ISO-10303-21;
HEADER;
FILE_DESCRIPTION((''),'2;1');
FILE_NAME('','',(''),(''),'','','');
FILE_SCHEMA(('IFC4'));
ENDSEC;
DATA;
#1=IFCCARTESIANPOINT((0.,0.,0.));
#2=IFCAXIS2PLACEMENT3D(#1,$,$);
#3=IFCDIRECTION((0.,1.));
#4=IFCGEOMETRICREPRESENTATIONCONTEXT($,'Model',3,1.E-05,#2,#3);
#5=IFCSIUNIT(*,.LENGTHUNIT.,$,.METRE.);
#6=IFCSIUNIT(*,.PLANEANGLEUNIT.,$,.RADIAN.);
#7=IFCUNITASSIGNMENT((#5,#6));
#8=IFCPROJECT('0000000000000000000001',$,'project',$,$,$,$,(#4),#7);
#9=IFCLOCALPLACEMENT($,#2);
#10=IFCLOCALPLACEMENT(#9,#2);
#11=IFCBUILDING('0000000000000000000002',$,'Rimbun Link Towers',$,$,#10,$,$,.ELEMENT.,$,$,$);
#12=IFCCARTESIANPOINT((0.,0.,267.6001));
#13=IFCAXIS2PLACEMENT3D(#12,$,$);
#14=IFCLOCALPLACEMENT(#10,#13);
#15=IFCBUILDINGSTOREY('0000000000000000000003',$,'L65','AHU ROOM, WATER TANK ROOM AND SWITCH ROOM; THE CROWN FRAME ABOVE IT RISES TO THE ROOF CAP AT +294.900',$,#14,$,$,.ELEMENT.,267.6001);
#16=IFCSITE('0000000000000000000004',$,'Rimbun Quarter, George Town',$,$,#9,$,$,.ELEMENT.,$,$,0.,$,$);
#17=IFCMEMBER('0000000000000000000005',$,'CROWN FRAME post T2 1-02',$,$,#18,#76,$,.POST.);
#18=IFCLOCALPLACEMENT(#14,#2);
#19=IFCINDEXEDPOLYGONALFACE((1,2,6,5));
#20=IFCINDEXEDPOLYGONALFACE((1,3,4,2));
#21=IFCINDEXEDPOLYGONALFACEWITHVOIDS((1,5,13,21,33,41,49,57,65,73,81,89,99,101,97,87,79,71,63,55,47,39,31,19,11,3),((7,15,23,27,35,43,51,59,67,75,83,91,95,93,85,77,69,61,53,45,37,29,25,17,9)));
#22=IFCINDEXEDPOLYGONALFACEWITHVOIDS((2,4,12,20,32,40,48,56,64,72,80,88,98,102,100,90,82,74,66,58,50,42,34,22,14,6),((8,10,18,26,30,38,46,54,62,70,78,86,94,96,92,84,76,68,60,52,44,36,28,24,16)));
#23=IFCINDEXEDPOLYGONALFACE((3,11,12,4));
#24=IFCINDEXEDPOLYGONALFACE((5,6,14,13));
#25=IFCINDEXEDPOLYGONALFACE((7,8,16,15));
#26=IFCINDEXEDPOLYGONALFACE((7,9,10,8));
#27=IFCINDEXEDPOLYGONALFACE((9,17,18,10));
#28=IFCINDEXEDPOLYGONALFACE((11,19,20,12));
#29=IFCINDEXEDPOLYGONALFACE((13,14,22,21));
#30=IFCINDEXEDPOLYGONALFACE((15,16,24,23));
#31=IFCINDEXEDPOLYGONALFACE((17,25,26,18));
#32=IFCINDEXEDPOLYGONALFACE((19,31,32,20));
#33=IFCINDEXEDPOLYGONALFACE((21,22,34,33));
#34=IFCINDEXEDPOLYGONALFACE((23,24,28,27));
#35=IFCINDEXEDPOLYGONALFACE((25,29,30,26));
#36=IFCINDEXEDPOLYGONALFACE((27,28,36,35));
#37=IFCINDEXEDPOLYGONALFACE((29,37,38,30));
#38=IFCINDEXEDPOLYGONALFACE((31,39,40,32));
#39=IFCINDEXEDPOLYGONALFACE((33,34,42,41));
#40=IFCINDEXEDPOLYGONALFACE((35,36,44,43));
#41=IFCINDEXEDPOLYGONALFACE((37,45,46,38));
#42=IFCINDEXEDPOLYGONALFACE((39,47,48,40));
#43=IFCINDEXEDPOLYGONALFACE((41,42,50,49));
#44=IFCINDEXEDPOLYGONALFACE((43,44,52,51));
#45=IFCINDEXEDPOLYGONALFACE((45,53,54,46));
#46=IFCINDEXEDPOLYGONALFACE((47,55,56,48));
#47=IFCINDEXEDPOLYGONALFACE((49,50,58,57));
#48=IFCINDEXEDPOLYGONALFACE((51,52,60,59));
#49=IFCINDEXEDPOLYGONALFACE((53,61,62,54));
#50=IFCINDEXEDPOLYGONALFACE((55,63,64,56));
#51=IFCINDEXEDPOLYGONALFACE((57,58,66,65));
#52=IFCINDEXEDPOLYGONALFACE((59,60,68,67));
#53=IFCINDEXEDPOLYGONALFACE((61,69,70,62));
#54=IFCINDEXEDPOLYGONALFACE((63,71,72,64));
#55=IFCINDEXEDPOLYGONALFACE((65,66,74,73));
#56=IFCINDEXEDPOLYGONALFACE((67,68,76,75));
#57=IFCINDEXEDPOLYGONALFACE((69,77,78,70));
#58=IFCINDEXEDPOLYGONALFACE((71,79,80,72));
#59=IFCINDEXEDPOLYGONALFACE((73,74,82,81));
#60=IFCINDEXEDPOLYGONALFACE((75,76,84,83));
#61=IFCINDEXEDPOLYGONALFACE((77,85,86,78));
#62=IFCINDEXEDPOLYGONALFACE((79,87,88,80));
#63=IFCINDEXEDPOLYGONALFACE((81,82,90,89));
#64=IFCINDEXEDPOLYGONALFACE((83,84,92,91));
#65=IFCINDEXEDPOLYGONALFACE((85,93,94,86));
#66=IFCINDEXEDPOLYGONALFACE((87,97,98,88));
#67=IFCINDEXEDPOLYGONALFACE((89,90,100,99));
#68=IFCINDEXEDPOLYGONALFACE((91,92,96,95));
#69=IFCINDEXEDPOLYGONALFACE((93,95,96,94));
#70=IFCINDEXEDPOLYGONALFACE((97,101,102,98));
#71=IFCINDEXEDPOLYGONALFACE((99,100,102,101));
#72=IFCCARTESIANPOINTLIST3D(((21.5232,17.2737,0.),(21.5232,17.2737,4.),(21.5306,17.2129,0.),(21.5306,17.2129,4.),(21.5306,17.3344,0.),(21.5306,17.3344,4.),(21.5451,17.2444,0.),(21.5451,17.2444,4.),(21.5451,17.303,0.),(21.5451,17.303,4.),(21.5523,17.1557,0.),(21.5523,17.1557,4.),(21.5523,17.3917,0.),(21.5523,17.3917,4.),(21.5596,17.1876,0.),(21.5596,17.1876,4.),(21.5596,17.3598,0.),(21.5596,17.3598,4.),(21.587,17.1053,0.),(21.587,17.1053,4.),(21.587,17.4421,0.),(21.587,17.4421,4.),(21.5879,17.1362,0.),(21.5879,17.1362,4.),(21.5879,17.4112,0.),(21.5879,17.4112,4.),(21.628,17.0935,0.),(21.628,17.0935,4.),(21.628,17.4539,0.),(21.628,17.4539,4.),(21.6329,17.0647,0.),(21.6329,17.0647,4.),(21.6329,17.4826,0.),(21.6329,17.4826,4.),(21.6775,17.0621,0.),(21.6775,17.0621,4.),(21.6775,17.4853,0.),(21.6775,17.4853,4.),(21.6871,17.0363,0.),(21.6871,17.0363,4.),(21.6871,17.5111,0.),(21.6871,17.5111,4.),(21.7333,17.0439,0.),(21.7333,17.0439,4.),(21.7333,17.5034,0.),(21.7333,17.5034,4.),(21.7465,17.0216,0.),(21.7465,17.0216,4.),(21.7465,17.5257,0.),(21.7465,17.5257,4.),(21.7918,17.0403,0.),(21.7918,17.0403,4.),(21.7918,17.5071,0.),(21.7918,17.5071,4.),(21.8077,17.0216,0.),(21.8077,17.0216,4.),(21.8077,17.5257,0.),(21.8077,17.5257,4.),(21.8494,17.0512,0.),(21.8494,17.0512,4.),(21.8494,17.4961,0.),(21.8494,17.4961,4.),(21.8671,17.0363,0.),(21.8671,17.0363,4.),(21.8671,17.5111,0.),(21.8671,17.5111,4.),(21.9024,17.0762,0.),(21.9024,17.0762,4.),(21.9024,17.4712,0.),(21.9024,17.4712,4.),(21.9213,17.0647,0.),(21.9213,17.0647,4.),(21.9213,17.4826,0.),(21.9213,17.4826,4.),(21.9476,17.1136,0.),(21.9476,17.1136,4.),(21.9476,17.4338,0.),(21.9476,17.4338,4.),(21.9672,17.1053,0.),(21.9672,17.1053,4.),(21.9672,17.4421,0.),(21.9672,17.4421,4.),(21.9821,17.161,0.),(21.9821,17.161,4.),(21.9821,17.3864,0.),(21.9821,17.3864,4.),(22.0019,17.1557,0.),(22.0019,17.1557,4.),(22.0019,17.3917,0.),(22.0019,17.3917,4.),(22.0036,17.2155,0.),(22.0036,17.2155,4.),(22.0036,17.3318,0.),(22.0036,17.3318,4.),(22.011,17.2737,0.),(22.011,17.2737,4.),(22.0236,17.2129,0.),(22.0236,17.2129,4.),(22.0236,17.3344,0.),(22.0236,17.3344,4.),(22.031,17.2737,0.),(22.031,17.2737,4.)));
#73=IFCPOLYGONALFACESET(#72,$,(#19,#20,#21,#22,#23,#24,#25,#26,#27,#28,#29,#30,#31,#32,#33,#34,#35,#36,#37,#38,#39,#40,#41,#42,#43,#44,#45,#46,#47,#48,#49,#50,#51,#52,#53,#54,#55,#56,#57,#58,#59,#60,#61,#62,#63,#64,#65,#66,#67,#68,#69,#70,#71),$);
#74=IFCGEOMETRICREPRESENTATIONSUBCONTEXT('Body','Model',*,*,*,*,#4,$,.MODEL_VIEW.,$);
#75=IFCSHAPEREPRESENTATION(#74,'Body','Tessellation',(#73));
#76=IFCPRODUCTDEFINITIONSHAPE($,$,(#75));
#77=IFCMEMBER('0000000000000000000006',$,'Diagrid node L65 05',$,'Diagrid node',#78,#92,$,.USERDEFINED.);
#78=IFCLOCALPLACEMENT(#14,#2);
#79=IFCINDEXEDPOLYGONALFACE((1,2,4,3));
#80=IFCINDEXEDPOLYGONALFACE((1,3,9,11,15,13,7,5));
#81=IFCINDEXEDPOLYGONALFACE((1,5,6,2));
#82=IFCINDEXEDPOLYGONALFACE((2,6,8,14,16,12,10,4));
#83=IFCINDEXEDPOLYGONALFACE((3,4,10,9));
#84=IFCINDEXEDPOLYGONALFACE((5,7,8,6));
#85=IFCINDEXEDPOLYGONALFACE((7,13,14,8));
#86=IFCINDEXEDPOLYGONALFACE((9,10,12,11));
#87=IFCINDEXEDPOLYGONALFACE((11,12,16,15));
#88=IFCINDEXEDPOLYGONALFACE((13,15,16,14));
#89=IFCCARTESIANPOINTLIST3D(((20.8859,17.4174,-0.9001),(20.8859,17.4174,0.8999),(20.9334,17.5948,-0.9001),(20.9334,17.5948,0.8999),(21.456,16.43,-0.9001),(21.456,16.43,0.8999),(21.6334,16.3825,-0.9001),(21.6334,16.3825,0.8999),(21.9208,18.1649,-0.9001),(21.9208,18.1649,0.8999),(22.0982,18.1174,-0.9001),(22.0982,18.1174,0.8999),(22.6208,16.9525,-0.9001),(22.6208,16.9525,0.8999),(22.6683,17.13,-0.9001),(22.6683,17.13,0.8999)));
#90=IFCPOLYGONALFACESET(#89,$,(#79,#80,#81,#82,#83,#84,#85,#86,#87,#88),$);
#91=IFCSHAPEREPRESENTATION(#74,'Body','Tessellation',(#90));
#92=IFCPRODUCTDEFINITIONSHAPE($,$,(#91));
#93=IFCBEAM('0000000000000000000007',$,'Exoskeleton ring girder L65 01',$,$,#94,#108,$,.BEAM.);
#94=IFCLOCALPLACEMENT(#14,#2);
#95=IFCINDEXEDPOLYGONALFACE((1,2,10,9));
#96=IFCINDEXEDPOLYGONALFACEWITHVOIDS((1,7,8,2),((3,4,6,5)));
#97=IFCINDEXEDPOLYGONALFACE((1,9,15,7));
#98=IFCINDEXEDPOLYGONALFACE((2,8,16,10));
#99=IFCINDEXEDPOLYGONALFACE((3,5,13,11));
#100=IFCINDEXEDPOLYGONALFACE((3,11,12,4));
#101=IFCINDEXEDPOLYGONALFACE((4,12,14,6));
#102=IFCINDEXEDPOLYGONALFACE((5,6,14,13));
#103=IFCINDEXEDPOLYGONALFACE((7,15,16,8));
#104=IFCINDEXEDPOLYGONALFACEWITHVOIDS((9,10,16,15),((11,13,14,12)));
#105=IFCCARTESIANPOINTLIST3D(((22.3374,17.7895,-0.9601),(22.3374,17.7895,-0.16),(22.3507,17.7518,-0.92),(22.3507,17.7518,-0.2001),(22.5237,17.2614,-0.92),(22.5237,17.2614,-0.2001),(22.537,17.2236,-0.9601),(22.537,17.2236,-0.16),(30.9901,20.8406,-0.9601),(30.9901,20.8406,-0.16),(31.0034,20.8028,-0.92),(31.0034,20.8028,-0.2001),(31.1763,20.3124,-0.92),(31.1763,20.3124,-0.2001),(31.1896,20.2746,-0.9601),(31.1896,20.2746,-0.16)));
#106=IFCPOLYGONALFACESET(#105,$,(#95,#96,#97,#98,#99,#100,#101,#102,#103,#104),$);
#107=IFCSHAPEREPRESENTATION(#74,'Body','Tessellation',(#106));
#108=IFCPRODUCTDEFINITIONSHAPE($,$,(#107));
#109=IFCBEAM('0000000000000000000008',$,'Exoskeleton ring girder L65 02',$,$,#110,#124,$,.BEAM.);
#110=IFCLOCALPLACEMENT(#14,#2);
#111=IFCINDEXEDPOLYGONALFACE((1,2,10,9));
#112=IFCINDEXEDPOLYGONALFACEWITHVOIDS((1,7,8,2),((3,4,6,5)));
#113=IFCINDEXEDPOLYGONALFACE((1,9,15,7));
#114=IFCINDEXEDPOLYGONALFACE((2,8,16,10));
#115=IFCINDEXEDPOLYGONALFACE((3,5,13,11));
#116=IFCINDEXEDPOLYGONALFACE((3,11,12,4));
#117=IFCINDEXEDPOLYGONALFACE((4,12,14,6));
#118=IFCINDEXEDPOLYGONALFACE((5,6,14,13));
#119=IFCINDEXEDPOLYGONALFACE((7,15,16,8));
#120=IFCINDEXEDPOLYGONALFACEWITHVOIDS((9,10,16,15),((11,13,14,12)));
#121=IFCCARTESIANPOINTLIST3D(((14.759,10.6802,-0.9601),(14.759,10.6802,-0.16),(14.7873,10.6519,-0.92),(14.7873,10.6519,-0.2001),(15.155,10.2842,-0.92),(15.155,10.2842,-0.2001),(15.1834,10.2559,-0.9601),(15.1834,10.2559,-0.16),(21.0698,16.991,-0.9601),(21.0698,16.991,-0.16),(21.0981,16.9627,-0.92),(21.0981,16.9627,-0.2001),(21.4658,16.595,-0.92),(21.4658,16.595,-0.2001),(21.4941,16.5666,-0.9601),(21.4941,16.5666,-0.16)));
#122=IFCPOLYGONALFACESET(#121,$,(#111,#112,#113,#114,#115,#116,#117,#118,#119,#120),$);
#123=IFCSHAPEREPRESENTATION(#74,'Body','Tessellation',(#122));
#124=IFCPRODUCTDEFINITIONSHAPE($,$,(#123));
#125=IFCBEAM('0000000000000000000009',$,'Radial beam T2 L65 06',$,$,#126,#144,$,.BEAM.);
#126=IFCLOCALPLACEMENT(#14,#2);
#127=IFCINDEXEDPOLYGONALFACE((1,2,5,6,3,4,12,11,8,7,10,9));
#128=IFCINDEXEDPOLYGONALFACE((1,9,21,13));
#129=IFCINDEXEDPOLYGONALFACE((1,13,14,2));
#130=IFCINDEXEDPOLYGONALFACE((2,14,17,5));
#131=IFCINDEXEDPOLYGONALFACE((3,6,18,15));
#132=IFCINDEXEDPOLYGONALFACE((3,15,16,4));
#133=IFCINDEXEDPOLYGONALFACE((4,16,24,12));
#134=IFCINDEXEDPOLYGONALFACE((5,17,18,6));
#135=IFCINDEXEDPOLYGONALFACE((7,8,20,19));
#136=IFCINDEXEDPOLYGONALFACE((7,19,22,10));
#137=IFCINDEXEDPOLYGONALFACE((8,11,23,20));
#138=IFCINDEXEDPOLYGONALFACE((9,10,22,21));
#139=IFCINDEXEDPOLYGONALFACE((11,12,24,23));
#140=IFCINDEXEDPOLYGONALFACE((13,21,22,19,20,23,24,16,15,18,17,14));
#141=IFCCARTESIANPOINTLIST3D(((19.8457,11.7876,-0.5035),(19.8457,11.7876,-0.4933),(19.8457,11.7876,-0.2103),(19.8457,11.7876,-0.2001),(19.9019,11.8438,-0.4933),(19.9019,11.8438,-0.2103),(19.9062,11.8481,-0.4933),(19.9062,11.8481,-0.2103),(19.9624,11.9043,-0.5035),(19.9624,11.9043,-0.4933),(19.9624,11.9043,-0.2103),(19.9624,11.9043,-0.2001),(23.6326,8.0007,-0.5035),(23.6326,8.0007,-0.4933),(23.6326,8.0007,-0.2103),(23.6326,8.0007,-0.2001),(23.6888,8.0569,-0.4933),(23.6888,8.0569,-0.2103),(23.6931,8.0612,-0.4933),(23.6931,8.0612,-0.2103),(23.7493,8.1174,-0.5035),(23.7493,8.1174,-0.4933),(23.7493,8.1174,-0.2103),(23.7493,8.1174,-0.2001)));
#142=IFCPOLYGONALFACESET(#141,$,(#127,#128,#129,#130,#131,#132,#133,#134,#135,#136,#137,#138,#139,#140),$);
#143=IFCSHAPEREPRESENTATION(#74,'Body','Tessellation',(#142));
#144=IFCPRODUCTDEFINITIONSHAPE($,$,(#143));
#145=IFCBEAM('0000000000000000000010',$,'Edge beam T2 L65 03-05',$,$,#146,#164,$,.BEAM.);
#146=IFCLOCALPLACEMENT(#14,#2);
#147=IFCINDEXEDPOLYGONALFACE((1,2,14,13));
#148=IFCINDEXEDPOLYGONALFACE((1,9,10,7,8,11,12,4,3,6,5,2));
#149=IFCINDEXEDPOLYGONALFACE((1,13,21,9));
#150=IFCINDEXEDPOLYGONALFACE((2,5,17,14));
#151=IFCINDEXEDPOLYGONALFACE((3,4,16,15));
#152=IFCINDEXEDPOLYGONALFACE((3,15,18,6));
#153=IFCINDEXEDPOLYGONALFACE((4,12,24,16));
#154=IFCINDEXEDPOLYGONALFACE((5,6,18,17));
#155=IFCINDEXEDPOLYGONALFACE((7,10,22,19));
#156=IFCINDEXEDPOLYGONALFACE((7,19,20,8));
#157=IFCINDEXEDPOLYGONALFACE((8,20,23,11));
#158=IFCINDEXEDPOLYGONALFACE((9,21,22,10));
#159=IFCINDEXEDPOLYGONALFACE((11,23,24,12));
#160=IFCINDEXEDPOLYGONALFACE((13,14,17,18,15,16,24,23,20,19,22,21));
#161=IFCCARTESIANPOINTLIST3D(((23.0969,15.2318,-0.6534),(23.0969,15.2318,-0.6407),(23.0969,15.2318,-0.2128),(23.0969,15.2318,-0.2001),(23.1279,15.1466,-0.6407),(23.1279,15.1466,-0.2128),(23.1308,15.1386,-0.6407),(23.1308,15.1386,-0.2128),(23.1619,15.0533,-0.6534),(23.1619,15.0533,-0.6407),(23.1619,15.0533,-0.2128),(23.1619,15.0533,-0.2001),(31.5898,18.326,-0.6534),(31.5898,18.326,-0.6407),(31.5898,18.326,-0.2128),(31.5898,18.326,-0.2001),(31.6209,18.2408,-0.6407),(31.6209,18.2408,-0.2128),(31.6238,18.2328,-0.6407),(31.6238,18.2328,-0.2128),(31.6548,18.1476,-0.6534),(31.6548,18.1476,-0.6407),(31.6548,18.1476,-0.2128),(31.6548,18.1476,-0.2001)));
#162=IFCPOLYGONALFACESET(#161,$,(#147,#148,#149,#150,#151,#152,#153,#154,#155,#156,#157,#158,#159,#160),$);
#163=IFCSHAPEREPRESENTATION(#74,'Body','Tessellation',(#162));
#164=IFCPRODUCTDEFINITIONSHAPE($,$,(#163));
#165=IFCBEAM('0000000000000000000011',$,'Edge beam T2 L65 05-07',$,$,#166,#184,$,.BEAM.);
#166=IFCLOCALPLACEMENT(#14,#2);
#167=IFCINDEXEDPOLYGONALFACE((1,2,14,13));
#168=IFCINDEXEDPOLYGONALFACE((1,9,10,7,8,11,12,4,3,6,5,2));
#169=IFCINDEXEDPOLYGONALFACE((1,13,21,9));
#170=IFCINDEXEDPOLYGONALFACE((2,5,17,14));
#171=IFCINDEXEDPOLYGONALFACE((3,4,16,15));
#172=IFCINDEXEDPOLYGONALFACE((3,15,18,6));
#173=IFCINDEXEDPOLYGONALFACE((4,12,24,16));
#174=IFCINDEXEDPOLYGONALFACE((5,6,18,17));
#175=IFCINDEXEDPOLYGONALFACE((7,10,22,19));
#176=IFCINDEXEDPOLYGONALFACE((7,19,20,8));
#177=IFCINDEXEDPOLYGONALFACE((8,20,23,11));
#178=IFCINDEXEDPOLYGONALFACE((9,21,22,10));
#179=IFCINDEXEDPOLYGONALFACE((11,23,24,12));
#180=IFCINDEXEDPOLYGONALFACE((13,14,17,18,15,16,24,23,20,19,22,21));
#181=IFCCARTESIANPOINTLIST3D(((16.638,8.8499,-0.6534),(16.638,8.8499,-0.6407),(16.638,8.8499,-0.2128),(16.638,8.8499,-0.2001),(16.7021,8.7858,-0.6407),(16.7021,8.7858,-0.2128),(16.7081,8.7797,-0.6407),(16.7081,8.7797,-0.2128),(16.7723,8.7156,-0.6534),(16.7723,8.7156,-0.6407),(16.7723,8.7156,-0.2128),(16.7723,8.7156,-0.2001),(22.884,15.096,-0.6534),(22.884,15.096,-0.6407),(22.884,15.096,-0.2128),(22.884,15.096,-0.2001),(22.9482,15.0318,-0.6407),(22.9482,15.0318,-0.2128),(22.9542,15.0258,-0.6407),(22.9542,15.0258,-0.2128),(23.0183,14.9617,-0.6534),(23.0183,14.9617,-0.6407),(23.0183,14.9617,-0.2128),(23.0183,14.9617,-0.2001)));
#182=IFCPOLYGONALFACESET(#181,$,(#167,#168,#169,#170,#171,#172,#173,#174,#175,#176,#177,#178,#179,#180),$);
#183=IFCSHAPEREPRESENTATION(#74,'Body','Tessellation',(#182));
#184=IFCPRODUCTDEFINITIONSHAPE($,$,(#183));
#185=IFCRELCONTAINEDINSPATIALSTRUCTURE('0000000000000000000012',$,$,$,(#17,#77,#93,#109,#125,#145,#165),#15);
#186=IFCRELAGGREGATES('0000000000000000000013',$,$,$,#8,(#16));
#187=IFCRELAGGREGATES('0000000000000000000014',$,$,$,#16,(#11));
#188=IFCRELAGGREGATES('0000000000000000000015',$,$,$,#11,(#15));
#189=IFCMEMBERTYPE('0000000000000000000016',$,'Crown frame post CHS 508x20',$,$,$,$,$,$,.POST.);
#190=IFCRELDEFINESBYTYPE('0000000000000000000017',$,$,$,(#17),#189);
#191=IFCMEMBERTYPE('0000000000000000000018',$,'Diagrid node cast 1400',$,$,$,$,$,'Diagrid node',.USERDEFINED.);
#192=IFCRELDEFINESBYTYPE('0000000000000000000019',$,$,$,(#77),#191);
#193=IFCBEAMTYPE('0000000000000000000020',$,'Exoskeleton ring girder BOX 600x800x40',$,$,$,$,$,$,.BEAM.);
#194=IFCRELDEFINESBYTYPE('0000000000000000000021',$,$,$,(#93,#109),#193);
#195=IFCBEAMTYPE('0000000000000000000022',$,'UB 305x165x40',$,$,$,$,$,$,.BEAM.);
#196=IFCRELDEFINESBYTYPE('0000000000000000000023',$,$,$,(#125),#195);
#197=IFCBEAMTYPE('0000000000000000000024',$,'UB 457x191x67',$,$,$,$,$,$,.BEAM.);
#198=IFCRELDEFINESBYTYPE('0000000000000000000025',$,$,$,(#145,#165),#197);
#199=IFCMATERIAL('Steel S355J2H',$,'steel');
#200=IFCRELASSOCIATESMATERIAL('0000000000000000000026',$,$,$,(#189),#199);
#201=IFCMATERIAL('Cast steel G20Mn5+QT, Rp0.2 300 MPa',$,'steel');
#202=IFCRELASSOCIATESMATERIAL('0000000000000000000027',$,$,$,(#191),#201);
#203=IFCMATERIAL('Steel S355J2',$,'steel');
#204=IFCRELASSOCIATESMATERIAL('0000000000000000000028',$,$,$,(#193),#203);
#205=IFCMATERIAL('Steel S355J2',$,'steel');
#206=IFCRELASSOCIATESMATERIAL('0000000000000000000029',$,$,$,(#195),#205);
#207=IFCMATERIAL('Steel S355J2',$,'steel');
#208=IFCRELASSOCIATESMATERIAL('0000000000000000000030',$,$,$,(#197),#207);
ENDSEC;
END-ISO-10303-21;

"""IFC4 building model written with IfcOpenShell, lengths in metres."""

from ifc_helpers import new_model, si_unit, direction, frame, origin, origin_2d, place, context, subcontext, project, spatial, polyline, hollow_rectangle, hollow_circle, i_section, outline, extrude, material, material_profile, profile_set, type_object, element, save


model = new_model("IFC4")

# Units and contexts
model_context = context("Model", 3, precision=1e-05, world=origin(), true_north=direction((0.0, 1.0)))
body_context = subcontext(model_context, "Body", "Model", "MODEL_VIEW")
ifc_project = project(units=[si_unit("LENGTHUNIT", "METRE"), si_unit("PLANEANGLEUNIT", "RADIAN")], contexts=[model_context])

# Site, building, storey
site_placement = place(None, origin())
site = spatial("IfcSite", under=ifc_project, at=site_placement, Name="Rimbun Quarter, George Town", CompositionType="ELEMENT", RefElevation=0.0)
building_placement = place(site_placement, origin())
building = spatial("IfcBuilding", under=site, at=building_placement, Name="Rimbun Link Towers", CompositionType="ELEMENT")
storey_placement = place(building_placement, frame((0.0, 0.0, 267.6001)))
storey = spatial("IfcBuildingStorey", under=building, at=storey_placement, Name="L65", Description="AHU ROOM, WATER TANK ROOM AND SWITCH ROOM; THE CROWN FRAME ABOVE IT RISES TO THE ROOF CAP AT +294.900", CompositionType="ELEMENT", Elevation=267.6001)

# Members
ifc_material_1 = material(Name="Steel S355J2H", Category="steel")
ifc_material_profile_1 = material_profile(ifc_material_1, hollow_circle(Radius=0.2539, WallThickness=0.02, at=origin_2d()), Name="Crown frame post CHS 508x20")
ifc_profile_set_1 = profile_set([ifc_material_profile_1], Name="Steel S355J2H")
member_type_1 = type_object("IfcMemberType", Name="Crown frame post CHS 508x20", PredefinedType="POST", material=ifc_profile_set_1)
member_1_placement = place(storey_placement, frame((21.7771, 17.2737, 0.0), z_axis=(0.0, 0.0, 1.0), x_axis=(1.0, 0.0, 0.0)))
element("IfcMember", 1, at=member_1_placement, inside=storey, type_object=member_type_1, Name="CROWN FRAME post T2 1-02", PredefinedType="POST", context=body_context, shape_type="SweptSolid", body=[
    extrude(hollow_circle(Radius=0.2539, WallThickness=0.02, at=origin_2d()), origin(), (0.0, 0.0, 1.0), 4.0),
])
ifc_material_2 = material(Name="Cast steel G20Mn5+QT, Rp0.2 300 MPa", Category="steel")
ifc_material_profile_2 = material_profile(ifc_material_2, outline(polyline([(0.7, -0.5701), (0.7, 0.5701), (0.5701, 0.7), (-0.5701, 0.7), (-0.7, 0.5701), (-0.7, -0.5701), (-0.5701, -0.7), (0.5701, -0.7), (0.7, -0.5701)])), Name="NODE 1400x1400")
ifc_profile_set_2 = profile_set([ifc_material_profile_2], Name="Cast steel G20Mn5+QT, Rp0.2 300 MPa")
member_type_2 = type_object("IfcMemberType", Name="Diagrid node cast 1400", ElementType="Diagrid node", PredefinedType="USERDEFINED", material=ifc_profile_set_2)
member_2_placement = place(storey_placement, frame((21.7771, 17.2737, -0.9001), z_axis=(0.0, 0.0, 1.0), x_axis=(-0.5, 0.866025, 0.0)))
element("IfcMember", 2, at=member_2_placement, inside=storey, type_object=member_type_2, Name="Diagrid node L65 05", ObjectType="Diagrid node", PredefinedType="USERDEFINED", context=body_context, shape_type="SweptSolid", body=[
    extrude(outline(polyline([(0.7, -0.5701), (0.7, 0.5701), (0.5701, 0.7), (-0.5701, 0.7), (-0.7, 0.5701), (-0.7, -0.5701), (-0.5701, -0.7), (0.5701, -0.7), (0.7, -0.5701)])), origin(), (0.0, 0.0, 1.0), 1.8),
])

# Beams
ifc_material_3 = material(Name="Steel S355J2", Category="steel")
ifc_material_profile_3 = material_profile(ifc_material_3, hollow_rectangle(XDim=0.6001, YDim=0.8, WallThickness=0.04, at=origin_2d()), Name="Exoskeleton ring girder BOX 600x800x40")
ifc_profile_set_3 = profile_set([ifc_material_profile_3], Name="Steel S355J2")
beam_type_1 = type_object("IfcBeamType", Name="Exoskeleton ring girder BOX 600x800x40", PredefinedType="BEAM", material=ifc_profile_set_3)
beam_1_placement = place(storey_placement, frame((31.0898, 20.5576, -0.5601), z_axis=(-0.943087, -0.332546, 0.0), x_axis=(0.332546, -0.943087, 0.0)))
element("IfcBeam", 3, at=beam_1_placement, inside=storey, type_object=beam_type_1, Name="Exoskeleton ring girder L65 01", PredefinedType="BEAM", context=body_context, shape_type="SweptSolid", body=[
    extrude(hollow_rectangle(XDim=0.6001, YDim=0.8, WallThickness=0.04, at=origin_2d()), origin(), (0.0, 0.0, 1.0), 9.1748),
])
beam_2_placement = place(storey_placement, frame((21.282, 16.7788, -0.5601), z_axis=(-0.707107, -0.707107, 0.0), x_axis=(0.707107, -0.707107, 0.0)))
element("IfcBeam", 4, at=beam_2_placement, inside=storey, type_object=beam_type_1, Name="Exoskeleton ring girder L65 02", PredefinedType="BEAM", context=body_context, shape_type="SweptSolid", body=[
    extrude(hollow_rectangle(XDim=0.6001, YDim=0.8, WallThickness=0.04, at=origin_2d()), origin(), (0.0, 0.0, 1.0), 8.9248),
])
ifc_material_4 = material(Name="Steel S355J2", Category="steel")
ifc_material_profile_4 = material_profile(ifc_material_4, i_section(OverallWidth=0.165, OverallDepth=0.3035, WebThickness=0.0061, FlangeThickness=0.0103, at=origin_2d()), Name="UB 305x165x40")
ifc_profile_set_4 = profile_set([ifc_material_profile_4], Name="Steel S355J2")
beam_type_2 = type_object("IfcBeamType", Name="UB 305x165x40", PredefinedType="BEAM", material=ifc_profile_set_4)
beam_3_placement = place(storey_placement, frame((23.6909, 8.0591, -0.3518), z_axis=(-0.707107, 0.707107, 0.0), x_axis=(-0.707107, -0.707107, 0.0)))
element("IfcBeam", 5, at=beam_3_placement, inside=storey, type_object=beam_type_2, Name="Radial beam T2 L65 06", PredefinedType="BEAM", context=body_context, shape_type="SweptSolid", body=[
    extrude(i_section(OverallWidth=0.165, OverallDepth=0.3035, WebThickness=0.0061, FlangeThickness=0.0103, at=origin_2d()), origin(), (0.0, 0.0, 1.0), 5.3555),
])
ifc_material_5 = material(Name="Steel S355J2", Category="steel")
ifc_material_profile_5 = material_profile(ifc_material_5, i_section(OverallWidth=0.1899, OverallDepth=0.4534, WebThickness=0.0085, FlangeThickness=0.0127, at=origin_2d()), Name="UB 457x191x67")
ifc_profile_set_5 = profile_set([ifc_material_profile_5], Name="Steel S355J2")
beam_type_3 = type_object("IfcBeamType", Name="UB 457x191x67", PredefinedType="BEAM", material=ifc_profile_set_5)
beam_4_placement = place(storey_placement, frame((31.6223, 18.2368, -0.4268), z_axis=(-0.939583, -0.34232, 0.0), x_axis=(0.34232, -0.939583, 0.0)))
element("IfcBeam", 6, at=beam_4_placement, inside=storey, type_object=beam_type_3, Name="Edge beam T2 L65 03-05", PredefinedType="BEAM", context=body_context, shape_type="SweptSolid", body=[
    extrude(i_section(OverallWidth=0.1899, OverallDepth=0.4534, WebThickness=0.0085, FlangeThickness=0.0127, at=origin_2d()), origin(), (0.0, 0.0, 1.0), 9.0391),
])
beam_5_placement = place(storey_placement, frame((22.9512, 15.0288, -0.4268), z_axis=(-0.707107, -0.707107, 0.0), x_axis=(0.707107, -0.707107, 0.0)))
element("IfcBeam", 7, at=beam_5_placement, inside=storey, type_object=beam_type_3, Name="Edge beam T2 L65 05-07", PredefinedType="BEAM", context=body_context, shape_type="SweptSolid", body=[
    extrude(i_section(OverallWidth=0.1899, OverallDepth=0.4534, WebThickness=0.0085, FlangeThickness=0.0127, at=origin_2d()), origin(), (0.0, 0.0, 1.0), 8.8333),
])

save(model, "model.ifc")
